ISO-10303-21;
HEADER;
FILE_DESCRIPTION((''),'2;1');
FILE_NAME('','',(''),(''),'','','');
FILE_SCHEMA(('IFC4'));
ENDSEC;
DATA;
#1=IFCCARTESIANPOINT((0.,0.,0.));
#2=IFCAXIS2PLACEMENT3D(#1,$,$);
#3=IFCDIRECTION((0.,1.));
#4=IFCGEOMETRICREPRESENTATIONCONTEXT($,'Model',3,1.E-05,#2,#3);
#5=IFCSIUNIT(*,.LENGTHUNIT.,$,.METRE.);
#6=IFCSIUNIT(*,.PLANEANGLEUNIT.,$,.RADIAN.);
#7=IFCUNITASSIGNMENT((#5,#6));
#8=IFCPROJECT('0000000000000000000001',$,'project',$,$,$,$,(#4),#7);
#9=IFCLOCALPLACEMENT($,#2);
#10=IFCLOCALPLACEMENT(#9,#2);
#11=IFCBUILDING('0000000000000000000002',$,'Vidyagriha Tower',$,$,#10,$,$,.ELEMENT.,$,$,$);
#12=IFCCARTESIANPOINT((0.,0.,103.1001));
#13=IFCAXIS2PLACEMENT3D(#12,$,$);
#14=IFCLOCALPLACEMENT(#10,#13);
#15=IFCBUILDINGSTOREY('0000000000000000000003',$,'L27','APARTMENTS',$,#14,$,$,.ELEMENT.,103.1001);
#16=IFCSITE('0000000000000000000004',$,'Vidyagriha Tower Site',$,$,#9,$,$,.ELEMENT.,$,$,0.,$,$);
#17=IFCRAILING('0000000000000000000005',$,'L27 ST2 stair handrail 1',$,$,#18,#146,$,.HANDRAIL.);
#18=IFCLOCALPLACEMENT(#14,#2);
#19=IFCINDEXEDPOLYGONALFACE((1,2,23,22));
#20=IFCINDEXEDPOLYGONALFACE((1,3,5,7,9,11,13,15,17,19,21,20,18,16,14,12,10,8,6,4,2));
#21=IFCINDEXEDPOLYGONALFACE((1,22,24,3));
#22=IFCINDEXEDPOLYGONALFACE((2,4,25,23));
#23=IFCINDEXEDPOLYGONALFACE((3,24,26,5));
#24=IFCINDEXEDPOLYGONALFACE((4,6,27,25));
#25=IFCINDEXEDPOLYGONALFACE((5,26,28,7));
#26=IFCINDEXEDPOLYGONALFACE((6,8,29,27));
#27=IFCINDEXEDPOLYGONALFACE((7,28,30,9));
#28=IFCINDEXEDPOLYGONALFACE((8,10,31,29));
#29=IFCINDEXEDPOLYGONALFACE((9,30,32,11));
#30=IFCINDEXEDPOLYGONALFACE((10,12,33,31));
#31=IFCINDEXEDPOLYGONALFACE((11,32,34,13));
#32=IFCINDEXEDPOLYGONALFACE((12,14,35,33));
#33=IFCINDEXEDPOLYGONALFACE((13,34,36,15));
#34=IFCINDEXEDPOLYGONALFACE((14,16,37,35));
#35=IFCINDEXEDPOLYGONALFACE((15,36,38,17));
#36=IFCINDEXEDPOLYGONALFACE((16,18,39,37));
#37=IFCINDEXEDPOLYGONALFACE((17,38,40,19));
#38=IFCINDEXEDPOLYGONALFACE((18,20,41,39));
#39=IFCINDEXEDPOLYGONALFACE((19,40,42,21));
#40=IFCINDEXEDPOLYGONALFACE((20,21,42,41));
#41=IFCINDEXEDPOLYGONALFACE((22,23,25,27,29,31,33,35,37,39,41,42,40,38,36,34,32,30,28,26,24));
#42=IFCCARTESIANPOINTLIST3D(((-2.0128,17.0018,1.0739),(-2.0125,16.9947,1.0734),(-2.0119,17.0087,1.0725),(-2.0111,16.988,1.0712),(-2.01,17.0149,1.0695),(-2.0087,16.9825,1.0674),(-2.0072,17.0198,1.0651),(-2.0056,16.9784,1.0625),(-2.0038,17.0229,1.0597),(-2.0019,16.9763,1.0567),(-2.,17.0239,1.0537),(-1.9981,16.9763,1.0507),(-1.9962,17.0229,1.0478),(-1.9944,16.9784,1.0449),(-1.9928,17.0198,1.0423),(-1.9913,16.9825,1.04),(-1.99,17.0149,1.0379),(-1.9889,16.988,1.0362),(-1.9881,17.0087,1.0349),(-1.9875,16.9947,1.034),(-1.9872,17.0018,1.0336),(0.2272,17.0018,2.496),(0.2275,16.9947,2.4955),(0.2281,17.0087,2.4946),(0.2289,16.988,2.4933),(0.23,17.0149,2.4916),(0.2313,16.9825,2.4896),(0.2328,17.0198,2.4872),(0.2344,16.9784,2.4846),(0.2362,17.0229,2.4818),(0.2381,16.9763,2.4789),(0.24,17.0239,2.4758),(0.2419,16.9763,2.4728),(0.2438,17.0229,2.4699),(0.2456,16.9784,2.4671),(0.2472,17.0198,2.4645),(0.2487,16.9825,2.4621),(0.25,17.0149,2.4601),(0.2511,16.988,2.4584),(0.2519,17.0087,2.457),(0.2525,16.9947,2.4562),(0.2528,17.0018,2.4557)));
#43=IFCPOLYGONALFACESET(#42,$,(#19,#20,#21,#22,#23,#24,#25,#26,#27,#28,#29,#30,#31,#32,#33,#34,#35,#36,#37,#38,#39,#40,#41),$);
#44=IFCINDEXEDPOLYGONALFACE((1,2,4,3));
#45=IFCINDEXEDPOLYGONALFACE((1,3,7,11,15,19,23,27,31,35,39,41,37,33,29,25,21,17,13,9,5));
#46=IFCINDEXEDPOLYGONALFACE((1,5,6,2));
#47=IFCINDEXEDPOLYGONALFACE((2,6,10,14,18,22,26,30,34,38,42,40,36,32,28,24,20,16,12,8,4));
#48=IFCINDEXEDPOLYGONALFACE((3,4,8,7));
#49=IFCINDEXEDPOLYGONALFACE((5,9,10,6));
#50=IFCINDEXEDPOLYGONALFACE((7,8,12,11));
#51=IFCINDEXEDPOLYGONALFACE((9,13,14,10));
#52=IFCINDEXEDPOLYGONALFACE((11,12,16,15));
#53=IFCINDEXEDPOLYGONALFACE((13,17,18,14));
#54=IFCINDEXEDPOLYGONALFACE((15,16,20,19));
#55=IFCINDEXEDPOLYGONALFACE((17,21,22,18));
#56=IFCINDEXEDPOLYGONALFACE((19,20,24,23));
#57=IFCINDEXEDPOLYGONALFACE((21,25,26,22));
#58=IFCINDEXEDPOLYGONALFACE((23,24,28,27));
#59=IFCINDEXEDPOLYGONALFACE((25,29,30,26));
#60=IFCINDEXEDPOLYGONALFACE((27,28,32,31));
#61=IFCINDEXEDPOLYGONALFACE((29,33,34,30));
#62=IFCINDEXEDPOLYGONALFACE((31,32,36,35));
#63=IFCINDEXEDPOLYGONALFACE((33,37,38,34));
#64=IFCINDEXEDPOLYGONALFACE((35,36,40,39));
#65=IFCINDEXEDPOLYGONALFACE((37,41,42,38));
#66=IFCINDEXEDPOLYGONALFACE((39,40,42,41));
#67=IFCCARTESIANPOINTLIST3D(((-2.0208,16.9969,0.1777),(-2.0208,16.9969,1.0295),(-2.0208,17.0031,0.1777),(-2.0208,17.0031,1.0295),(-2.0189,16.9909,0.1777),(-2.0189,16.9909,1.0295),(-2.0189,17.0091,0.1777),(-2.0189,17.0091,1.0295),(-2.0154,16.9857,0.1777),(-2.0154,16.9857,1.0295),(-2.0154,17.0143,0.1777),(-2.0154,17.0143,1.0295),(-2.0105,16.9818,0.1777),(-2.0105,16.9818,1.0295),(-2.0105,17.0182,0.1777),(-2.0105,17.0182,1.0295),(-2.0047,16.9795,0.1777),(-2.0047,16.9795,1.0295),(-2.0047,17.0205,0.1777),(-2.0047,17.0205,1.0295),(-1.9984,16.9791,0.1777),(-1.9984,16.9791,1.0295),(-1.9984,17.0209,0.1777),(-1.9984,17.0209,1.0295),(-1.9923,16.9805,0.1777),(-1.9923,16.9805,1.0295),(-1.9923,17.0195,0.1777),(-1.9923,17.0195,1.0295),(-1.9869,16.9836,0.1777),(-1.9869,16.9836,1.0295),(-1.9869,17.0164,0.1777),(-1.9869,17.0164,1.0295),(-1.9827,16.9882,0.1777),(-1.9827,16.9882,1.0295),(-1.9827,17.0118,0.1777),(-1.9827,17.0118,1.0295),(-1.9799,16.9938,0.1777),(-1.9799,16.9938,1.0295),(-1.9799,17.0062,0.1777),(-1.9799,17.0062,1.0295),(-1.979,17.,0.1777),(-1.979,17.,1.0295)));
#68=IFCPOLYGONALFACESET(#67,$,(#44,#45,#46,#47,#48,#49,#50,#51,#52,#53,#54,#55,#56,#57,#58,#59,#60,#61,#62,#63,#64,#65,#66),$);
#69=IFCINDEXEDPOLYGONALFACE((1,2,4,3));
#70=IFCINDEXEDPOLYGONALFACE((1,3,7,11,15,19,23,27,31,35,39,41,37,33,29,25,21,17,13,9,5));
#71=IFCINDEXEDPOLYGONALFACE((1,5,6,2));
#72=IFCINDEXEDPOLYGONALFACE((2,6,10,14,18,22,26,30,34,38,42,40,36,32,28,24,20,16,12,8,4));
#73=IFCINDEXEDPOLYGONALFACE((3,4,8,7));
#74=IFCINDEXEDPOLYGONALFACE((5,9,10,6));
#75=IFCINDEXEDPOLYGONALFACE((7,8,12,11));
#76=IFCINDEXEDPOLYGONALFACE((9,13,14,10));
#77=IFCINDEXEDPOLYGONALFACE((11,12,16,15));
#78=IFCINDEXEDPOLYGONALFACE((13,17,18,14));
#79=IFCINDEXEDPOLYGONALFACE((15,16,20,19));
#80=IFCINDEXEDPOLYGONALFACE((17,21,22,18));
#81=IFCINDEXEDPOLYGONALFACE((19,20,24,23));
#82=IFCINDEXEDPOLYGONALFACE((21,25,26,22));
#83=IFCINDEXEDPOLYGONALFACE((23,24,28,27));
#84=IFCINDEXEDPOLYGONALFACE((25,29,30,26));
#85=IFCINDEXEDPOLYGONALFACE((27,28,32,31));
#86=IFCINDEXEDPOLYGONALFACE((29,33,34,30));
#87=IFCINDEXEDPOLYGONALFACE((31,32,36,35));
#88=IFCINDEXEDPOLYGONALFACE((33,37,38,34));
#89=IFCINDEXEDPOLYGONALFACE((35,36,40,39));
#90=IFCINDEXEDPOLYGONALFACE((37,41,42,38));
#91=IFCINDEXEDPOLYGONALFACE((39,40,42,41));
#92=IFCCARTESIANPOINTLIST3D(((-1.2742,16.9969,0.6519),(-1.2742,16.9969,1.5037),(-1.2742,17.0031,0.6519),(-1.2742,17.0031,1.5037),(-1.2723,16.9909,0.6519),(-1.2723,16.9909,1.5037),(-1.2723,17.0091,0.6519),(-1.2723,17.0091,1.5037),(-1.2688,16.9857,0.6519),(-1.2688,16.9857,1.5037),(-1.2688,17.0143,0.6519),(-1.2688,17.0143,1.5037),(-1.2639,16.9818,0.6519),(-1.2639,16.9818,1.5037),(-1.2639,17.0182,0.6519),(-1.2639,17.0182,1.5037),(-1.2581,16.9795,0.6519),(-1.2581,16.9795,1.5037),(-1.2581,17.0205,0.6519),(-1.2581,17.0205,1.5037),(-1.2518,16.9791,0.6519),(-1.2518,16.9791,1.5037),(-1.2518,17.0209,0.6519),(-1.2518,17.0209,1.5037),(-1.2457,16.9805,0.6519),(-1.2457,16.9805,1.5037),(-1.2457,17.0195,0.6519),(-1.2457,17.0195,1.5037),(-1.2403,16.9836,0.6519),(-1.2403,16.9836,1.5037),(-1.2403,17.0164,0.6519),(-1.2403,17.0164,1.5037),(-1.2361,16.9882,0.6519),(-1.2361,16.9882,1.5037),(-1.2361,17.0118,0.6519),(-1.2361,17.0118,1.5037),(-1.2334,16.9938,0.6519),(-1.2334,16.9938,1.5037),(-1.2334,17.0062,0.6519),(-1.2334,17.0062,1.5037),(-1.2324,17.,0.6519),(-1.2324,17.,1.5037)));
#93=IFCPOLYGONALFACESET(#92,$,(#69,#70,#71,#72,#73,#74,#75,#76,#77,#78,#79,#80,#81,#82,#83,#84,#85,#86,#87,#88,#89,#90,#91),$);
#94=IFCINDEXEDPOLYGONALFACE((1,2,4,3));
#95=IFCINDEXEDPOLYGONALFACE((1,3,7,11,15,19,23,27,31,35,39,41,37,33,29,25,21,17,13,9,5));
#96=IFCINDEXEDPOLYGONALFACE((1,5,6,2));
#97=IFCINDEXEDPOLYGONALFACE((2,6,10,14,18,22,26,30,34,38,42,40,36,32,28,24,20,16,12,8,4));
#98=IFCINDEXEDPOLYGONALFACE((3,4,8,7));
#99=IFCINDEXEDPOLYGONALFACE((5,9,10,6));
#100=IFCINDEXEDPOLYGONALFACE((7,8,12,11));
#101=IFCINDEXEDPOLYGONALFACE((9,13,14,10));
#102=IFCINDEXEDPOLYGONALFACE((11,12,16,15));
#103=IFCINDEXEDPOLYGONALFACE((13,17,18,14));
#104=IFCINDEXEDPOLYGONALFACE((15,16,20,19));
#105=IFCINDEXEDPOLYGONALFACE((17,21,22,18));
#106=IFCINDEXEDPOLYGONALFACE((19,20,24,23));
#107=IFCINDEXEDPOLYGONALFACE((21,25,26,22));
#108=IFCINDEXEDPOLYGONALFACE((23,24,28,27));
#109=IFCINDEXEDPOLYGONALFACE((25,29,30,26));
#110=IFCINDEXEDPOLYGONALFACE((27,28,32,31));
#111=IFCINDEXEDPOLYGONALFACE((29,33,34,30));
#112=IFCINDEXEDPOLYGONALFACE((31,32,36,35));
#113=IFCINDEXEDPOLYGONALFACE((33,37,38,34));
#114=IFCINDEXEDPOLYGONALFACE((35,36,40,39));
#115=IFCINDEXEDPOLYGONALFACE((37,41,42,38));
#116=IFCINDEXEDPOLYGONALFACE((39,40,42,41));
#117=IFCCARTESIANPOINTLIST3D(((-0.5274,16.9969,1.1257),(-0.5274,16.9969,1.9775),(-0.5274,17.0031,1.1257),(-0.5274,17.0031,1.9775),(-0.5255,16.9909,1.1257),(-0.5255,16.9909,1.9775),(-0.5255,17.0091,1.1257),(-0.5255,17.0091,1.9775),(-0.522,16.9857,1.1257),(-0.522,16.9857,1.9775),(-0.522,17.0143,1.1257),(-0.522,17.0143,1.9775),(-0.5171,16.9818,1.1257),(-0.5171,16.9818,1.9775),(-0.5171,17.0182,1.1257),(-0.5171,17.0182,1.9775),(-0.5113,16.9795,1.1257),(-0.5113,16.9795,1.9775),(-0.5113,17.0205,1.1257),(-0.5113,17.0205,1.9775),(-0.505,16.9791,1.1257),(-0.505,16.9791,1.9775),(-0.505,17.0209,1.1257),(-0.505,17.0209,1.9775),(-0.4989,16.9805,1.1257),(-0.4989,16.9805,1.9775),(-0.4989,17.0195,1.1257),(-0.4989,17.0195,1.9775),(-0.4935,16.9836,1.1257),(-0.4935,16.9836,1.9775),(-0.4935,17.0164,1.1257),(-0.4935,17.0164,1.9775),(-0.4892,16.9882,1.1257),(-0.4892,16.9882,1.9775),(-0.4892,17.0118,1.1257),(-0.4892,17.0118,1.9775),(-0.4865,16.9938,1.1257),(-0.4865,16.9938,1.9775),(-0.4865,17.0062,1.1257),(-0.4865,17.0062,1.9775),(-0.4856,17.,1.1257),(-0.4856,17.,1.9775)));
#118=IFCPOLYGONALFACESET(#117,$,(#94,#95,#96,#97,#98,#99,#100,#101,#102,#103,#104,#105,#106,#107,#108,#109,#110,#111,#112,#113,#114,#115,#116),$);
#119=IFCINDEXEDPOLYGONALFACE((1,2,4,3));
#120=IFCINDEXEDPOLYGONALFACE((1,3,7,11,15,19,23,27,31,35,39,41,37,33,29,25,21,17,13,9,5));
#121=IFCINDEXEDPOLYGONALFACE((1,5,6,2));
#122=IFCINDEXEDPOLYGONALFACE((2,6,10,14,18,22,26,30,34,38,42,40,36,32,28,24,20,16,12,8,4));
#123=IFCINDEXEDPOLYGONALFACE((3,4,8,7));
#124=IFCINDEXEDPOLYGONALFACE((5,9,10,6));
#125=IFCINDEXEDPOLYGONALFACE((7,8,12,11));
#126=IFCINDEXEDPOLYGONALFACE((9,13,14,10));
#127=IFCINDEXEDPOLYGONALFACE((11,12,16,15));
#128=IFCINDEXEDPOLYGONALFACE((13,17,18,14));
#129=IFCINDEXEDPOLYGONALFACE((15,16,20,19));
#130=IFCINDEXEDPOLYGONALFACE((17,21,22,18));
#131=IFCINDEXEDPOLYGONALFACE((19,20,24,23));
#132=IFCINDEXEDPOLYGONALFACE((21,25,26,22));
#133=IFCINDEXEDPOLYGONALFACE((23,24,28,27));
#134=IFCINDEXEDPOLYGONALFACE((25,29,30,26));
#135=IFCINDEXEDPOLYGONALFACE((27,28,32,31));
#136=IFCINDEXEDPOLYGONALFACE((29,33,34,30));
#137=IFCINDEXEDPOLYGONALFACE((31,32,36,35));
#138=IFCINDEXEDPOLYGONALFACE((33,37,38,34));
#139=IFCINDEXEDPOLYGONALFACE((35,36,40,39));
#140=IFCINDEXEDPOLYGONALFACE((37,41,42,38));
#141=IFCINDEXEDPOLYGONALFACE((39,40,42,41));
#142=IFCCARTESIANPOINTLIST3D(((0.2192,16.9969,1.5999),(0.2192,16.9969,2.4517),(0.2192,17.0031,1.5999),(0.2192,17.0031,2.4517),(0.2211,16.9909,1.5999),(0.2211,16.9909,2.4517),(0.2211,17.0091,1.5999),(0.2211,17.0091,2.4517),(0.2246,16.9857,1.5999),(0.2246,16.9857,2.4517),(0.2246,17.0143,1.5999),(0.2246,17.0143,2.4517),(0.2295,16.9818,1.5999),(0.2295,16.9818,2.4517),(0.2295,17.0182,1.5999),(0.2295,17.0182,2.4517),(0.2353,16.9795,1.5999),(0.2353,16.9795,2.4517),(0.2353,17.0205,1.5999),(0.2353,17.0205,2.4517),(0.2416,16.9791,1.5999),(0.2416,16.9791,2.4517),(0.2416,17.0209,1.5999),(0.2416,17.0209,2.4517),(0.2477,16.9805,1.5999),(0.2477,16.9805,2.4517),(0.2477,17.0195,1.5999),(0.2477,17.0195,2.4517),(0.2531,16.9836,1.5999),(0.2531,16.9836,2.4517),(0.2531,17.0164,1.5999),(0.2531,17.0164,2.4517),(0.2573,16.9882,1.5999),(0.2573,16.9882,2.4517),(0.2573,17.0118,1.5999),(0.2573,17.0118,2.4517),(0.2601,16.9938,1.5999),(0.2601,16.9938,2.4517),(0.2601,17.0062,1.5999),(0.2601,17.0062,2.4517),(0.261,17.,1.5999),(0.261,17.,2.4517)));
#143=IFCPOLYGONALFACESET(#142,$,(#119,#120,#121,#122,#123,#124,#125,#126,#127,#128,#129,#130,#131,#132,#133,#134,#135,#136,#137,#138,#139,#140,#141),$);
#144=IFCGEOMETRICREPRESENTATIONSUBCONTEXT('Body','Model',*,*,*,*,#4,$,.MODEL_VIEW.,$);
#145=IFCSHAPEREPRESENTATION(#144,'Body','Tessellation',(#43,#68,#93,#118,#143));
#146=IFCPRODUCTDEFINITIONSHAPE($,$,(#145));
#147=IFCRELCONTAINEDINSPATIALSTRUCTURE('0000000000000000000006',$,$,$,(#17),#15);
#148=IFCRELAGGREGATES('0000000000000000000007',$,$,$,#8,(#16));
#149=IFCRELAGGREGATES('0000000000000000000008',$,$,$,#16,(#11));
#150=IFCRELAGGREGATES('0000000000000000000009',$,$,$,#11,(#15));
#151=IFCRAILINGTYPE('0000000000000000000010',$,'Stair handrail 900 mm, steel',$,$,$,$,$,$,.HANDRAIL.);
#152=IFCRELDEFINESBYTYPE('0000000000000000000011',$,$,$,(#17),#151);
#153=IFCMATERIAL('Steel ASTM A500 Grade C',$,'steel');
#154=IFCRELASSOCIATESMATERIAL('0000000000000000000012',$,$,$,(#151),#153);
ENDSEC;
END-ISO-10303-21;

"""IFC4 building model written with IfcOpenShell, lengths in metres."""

from ifc_helpers import new_model, si_unit, direction, frame, origin, origin_2d, place, context, subcontext, project, spatial, circle, extrude, material, type_object, element, save


model = new_model("IFC4")

# Units and contexts
model_context = context("Model", 3, precision=1e-05, world=origin(), true_north=direction((0.0, 1.0)))
body_context = subcontext(model_context, "Body", "Model", "MODEL_VIEW")
ifc_project = project(units=[si_unit("LENGTHUNIT", "METRE"), si_unit("PLANEANGLEUNIT", "RADIAN")], contexts=[model_context])

# Site, building, storey
site_placement = place(None, origin())
site = spatial("IfcSite", under=ifc_project, at=site_placement, Name="Vidyagriha Tower Site", CompositionType="ELEMENT", RefElevation=0.0)
building_placement = place(site_placement, origin())
building = spatial("IfcBuilding", under=site, at=building_placement, Name="Vidyagriha Tower", CompositionType="ELEMENT")
storey_placement = place(building_placement, frame((0.0, 0.0, 103.1001)))
storey = spatial("IfcBuildingStorey", under=building, at=storey_placement, Name="L27", Description="APARTMENTS", CompositionType="ELEMENT", Elevation=103.1001)

# Railing
ifc_material_1 = material(Name="Steel ASTM A500 Grade C", Category="steel")
railing_type_1 = type_object("IfcRailingType", Name="Stair handrail 900 mm, steel", PredefinedType="HANDRAIL", material=ifc_material_1)
railing_1_placement = place(storey_placement, frame((-2.0, 17.0, 0.1777)))
element("IfcRailing", 1, at=railing_1_placement, inside=storey, type_object=railing_type_1, Name="L27 ST2 stair handrail 1", PredefinedType="HANDRAIL", context=body_context, shape_type="SweptSolid", body=[
    extrude(circle(Radius=0.0239, at=origin_2d()), frame((0.0, 0.0, 0.876), z_axis=(0.844229, 0.0, 0.535982), x_axis=(0.0, 1.0, 0.0)), (0.0, 0.0, 1.0), 2.6533),
    extrude(circle(Radius=0.021, at=origin_2d()), origin(), (0.0, 0.0, 1.0), 0.8518),
    extrude(circle(Radius=0.021, at=origin_2d()), frame((0.7466, 0.0, 0.4741)), (0.0, 0.0, 1.0), 0.8518),
    extrude(circle(Radius=0.021, at=origin_2d()), frame((1.4934, 0.0, 0.948)), (0.0, 0.0, 1.0), 0.8518),
    extrude(circle(Radius=0.021, at=origin_2d()), frame((2.24, 0.0, 1.4221)), (0.0, 0.0, 1.0), 0.8518),
])

save(model, "model.ifc")
